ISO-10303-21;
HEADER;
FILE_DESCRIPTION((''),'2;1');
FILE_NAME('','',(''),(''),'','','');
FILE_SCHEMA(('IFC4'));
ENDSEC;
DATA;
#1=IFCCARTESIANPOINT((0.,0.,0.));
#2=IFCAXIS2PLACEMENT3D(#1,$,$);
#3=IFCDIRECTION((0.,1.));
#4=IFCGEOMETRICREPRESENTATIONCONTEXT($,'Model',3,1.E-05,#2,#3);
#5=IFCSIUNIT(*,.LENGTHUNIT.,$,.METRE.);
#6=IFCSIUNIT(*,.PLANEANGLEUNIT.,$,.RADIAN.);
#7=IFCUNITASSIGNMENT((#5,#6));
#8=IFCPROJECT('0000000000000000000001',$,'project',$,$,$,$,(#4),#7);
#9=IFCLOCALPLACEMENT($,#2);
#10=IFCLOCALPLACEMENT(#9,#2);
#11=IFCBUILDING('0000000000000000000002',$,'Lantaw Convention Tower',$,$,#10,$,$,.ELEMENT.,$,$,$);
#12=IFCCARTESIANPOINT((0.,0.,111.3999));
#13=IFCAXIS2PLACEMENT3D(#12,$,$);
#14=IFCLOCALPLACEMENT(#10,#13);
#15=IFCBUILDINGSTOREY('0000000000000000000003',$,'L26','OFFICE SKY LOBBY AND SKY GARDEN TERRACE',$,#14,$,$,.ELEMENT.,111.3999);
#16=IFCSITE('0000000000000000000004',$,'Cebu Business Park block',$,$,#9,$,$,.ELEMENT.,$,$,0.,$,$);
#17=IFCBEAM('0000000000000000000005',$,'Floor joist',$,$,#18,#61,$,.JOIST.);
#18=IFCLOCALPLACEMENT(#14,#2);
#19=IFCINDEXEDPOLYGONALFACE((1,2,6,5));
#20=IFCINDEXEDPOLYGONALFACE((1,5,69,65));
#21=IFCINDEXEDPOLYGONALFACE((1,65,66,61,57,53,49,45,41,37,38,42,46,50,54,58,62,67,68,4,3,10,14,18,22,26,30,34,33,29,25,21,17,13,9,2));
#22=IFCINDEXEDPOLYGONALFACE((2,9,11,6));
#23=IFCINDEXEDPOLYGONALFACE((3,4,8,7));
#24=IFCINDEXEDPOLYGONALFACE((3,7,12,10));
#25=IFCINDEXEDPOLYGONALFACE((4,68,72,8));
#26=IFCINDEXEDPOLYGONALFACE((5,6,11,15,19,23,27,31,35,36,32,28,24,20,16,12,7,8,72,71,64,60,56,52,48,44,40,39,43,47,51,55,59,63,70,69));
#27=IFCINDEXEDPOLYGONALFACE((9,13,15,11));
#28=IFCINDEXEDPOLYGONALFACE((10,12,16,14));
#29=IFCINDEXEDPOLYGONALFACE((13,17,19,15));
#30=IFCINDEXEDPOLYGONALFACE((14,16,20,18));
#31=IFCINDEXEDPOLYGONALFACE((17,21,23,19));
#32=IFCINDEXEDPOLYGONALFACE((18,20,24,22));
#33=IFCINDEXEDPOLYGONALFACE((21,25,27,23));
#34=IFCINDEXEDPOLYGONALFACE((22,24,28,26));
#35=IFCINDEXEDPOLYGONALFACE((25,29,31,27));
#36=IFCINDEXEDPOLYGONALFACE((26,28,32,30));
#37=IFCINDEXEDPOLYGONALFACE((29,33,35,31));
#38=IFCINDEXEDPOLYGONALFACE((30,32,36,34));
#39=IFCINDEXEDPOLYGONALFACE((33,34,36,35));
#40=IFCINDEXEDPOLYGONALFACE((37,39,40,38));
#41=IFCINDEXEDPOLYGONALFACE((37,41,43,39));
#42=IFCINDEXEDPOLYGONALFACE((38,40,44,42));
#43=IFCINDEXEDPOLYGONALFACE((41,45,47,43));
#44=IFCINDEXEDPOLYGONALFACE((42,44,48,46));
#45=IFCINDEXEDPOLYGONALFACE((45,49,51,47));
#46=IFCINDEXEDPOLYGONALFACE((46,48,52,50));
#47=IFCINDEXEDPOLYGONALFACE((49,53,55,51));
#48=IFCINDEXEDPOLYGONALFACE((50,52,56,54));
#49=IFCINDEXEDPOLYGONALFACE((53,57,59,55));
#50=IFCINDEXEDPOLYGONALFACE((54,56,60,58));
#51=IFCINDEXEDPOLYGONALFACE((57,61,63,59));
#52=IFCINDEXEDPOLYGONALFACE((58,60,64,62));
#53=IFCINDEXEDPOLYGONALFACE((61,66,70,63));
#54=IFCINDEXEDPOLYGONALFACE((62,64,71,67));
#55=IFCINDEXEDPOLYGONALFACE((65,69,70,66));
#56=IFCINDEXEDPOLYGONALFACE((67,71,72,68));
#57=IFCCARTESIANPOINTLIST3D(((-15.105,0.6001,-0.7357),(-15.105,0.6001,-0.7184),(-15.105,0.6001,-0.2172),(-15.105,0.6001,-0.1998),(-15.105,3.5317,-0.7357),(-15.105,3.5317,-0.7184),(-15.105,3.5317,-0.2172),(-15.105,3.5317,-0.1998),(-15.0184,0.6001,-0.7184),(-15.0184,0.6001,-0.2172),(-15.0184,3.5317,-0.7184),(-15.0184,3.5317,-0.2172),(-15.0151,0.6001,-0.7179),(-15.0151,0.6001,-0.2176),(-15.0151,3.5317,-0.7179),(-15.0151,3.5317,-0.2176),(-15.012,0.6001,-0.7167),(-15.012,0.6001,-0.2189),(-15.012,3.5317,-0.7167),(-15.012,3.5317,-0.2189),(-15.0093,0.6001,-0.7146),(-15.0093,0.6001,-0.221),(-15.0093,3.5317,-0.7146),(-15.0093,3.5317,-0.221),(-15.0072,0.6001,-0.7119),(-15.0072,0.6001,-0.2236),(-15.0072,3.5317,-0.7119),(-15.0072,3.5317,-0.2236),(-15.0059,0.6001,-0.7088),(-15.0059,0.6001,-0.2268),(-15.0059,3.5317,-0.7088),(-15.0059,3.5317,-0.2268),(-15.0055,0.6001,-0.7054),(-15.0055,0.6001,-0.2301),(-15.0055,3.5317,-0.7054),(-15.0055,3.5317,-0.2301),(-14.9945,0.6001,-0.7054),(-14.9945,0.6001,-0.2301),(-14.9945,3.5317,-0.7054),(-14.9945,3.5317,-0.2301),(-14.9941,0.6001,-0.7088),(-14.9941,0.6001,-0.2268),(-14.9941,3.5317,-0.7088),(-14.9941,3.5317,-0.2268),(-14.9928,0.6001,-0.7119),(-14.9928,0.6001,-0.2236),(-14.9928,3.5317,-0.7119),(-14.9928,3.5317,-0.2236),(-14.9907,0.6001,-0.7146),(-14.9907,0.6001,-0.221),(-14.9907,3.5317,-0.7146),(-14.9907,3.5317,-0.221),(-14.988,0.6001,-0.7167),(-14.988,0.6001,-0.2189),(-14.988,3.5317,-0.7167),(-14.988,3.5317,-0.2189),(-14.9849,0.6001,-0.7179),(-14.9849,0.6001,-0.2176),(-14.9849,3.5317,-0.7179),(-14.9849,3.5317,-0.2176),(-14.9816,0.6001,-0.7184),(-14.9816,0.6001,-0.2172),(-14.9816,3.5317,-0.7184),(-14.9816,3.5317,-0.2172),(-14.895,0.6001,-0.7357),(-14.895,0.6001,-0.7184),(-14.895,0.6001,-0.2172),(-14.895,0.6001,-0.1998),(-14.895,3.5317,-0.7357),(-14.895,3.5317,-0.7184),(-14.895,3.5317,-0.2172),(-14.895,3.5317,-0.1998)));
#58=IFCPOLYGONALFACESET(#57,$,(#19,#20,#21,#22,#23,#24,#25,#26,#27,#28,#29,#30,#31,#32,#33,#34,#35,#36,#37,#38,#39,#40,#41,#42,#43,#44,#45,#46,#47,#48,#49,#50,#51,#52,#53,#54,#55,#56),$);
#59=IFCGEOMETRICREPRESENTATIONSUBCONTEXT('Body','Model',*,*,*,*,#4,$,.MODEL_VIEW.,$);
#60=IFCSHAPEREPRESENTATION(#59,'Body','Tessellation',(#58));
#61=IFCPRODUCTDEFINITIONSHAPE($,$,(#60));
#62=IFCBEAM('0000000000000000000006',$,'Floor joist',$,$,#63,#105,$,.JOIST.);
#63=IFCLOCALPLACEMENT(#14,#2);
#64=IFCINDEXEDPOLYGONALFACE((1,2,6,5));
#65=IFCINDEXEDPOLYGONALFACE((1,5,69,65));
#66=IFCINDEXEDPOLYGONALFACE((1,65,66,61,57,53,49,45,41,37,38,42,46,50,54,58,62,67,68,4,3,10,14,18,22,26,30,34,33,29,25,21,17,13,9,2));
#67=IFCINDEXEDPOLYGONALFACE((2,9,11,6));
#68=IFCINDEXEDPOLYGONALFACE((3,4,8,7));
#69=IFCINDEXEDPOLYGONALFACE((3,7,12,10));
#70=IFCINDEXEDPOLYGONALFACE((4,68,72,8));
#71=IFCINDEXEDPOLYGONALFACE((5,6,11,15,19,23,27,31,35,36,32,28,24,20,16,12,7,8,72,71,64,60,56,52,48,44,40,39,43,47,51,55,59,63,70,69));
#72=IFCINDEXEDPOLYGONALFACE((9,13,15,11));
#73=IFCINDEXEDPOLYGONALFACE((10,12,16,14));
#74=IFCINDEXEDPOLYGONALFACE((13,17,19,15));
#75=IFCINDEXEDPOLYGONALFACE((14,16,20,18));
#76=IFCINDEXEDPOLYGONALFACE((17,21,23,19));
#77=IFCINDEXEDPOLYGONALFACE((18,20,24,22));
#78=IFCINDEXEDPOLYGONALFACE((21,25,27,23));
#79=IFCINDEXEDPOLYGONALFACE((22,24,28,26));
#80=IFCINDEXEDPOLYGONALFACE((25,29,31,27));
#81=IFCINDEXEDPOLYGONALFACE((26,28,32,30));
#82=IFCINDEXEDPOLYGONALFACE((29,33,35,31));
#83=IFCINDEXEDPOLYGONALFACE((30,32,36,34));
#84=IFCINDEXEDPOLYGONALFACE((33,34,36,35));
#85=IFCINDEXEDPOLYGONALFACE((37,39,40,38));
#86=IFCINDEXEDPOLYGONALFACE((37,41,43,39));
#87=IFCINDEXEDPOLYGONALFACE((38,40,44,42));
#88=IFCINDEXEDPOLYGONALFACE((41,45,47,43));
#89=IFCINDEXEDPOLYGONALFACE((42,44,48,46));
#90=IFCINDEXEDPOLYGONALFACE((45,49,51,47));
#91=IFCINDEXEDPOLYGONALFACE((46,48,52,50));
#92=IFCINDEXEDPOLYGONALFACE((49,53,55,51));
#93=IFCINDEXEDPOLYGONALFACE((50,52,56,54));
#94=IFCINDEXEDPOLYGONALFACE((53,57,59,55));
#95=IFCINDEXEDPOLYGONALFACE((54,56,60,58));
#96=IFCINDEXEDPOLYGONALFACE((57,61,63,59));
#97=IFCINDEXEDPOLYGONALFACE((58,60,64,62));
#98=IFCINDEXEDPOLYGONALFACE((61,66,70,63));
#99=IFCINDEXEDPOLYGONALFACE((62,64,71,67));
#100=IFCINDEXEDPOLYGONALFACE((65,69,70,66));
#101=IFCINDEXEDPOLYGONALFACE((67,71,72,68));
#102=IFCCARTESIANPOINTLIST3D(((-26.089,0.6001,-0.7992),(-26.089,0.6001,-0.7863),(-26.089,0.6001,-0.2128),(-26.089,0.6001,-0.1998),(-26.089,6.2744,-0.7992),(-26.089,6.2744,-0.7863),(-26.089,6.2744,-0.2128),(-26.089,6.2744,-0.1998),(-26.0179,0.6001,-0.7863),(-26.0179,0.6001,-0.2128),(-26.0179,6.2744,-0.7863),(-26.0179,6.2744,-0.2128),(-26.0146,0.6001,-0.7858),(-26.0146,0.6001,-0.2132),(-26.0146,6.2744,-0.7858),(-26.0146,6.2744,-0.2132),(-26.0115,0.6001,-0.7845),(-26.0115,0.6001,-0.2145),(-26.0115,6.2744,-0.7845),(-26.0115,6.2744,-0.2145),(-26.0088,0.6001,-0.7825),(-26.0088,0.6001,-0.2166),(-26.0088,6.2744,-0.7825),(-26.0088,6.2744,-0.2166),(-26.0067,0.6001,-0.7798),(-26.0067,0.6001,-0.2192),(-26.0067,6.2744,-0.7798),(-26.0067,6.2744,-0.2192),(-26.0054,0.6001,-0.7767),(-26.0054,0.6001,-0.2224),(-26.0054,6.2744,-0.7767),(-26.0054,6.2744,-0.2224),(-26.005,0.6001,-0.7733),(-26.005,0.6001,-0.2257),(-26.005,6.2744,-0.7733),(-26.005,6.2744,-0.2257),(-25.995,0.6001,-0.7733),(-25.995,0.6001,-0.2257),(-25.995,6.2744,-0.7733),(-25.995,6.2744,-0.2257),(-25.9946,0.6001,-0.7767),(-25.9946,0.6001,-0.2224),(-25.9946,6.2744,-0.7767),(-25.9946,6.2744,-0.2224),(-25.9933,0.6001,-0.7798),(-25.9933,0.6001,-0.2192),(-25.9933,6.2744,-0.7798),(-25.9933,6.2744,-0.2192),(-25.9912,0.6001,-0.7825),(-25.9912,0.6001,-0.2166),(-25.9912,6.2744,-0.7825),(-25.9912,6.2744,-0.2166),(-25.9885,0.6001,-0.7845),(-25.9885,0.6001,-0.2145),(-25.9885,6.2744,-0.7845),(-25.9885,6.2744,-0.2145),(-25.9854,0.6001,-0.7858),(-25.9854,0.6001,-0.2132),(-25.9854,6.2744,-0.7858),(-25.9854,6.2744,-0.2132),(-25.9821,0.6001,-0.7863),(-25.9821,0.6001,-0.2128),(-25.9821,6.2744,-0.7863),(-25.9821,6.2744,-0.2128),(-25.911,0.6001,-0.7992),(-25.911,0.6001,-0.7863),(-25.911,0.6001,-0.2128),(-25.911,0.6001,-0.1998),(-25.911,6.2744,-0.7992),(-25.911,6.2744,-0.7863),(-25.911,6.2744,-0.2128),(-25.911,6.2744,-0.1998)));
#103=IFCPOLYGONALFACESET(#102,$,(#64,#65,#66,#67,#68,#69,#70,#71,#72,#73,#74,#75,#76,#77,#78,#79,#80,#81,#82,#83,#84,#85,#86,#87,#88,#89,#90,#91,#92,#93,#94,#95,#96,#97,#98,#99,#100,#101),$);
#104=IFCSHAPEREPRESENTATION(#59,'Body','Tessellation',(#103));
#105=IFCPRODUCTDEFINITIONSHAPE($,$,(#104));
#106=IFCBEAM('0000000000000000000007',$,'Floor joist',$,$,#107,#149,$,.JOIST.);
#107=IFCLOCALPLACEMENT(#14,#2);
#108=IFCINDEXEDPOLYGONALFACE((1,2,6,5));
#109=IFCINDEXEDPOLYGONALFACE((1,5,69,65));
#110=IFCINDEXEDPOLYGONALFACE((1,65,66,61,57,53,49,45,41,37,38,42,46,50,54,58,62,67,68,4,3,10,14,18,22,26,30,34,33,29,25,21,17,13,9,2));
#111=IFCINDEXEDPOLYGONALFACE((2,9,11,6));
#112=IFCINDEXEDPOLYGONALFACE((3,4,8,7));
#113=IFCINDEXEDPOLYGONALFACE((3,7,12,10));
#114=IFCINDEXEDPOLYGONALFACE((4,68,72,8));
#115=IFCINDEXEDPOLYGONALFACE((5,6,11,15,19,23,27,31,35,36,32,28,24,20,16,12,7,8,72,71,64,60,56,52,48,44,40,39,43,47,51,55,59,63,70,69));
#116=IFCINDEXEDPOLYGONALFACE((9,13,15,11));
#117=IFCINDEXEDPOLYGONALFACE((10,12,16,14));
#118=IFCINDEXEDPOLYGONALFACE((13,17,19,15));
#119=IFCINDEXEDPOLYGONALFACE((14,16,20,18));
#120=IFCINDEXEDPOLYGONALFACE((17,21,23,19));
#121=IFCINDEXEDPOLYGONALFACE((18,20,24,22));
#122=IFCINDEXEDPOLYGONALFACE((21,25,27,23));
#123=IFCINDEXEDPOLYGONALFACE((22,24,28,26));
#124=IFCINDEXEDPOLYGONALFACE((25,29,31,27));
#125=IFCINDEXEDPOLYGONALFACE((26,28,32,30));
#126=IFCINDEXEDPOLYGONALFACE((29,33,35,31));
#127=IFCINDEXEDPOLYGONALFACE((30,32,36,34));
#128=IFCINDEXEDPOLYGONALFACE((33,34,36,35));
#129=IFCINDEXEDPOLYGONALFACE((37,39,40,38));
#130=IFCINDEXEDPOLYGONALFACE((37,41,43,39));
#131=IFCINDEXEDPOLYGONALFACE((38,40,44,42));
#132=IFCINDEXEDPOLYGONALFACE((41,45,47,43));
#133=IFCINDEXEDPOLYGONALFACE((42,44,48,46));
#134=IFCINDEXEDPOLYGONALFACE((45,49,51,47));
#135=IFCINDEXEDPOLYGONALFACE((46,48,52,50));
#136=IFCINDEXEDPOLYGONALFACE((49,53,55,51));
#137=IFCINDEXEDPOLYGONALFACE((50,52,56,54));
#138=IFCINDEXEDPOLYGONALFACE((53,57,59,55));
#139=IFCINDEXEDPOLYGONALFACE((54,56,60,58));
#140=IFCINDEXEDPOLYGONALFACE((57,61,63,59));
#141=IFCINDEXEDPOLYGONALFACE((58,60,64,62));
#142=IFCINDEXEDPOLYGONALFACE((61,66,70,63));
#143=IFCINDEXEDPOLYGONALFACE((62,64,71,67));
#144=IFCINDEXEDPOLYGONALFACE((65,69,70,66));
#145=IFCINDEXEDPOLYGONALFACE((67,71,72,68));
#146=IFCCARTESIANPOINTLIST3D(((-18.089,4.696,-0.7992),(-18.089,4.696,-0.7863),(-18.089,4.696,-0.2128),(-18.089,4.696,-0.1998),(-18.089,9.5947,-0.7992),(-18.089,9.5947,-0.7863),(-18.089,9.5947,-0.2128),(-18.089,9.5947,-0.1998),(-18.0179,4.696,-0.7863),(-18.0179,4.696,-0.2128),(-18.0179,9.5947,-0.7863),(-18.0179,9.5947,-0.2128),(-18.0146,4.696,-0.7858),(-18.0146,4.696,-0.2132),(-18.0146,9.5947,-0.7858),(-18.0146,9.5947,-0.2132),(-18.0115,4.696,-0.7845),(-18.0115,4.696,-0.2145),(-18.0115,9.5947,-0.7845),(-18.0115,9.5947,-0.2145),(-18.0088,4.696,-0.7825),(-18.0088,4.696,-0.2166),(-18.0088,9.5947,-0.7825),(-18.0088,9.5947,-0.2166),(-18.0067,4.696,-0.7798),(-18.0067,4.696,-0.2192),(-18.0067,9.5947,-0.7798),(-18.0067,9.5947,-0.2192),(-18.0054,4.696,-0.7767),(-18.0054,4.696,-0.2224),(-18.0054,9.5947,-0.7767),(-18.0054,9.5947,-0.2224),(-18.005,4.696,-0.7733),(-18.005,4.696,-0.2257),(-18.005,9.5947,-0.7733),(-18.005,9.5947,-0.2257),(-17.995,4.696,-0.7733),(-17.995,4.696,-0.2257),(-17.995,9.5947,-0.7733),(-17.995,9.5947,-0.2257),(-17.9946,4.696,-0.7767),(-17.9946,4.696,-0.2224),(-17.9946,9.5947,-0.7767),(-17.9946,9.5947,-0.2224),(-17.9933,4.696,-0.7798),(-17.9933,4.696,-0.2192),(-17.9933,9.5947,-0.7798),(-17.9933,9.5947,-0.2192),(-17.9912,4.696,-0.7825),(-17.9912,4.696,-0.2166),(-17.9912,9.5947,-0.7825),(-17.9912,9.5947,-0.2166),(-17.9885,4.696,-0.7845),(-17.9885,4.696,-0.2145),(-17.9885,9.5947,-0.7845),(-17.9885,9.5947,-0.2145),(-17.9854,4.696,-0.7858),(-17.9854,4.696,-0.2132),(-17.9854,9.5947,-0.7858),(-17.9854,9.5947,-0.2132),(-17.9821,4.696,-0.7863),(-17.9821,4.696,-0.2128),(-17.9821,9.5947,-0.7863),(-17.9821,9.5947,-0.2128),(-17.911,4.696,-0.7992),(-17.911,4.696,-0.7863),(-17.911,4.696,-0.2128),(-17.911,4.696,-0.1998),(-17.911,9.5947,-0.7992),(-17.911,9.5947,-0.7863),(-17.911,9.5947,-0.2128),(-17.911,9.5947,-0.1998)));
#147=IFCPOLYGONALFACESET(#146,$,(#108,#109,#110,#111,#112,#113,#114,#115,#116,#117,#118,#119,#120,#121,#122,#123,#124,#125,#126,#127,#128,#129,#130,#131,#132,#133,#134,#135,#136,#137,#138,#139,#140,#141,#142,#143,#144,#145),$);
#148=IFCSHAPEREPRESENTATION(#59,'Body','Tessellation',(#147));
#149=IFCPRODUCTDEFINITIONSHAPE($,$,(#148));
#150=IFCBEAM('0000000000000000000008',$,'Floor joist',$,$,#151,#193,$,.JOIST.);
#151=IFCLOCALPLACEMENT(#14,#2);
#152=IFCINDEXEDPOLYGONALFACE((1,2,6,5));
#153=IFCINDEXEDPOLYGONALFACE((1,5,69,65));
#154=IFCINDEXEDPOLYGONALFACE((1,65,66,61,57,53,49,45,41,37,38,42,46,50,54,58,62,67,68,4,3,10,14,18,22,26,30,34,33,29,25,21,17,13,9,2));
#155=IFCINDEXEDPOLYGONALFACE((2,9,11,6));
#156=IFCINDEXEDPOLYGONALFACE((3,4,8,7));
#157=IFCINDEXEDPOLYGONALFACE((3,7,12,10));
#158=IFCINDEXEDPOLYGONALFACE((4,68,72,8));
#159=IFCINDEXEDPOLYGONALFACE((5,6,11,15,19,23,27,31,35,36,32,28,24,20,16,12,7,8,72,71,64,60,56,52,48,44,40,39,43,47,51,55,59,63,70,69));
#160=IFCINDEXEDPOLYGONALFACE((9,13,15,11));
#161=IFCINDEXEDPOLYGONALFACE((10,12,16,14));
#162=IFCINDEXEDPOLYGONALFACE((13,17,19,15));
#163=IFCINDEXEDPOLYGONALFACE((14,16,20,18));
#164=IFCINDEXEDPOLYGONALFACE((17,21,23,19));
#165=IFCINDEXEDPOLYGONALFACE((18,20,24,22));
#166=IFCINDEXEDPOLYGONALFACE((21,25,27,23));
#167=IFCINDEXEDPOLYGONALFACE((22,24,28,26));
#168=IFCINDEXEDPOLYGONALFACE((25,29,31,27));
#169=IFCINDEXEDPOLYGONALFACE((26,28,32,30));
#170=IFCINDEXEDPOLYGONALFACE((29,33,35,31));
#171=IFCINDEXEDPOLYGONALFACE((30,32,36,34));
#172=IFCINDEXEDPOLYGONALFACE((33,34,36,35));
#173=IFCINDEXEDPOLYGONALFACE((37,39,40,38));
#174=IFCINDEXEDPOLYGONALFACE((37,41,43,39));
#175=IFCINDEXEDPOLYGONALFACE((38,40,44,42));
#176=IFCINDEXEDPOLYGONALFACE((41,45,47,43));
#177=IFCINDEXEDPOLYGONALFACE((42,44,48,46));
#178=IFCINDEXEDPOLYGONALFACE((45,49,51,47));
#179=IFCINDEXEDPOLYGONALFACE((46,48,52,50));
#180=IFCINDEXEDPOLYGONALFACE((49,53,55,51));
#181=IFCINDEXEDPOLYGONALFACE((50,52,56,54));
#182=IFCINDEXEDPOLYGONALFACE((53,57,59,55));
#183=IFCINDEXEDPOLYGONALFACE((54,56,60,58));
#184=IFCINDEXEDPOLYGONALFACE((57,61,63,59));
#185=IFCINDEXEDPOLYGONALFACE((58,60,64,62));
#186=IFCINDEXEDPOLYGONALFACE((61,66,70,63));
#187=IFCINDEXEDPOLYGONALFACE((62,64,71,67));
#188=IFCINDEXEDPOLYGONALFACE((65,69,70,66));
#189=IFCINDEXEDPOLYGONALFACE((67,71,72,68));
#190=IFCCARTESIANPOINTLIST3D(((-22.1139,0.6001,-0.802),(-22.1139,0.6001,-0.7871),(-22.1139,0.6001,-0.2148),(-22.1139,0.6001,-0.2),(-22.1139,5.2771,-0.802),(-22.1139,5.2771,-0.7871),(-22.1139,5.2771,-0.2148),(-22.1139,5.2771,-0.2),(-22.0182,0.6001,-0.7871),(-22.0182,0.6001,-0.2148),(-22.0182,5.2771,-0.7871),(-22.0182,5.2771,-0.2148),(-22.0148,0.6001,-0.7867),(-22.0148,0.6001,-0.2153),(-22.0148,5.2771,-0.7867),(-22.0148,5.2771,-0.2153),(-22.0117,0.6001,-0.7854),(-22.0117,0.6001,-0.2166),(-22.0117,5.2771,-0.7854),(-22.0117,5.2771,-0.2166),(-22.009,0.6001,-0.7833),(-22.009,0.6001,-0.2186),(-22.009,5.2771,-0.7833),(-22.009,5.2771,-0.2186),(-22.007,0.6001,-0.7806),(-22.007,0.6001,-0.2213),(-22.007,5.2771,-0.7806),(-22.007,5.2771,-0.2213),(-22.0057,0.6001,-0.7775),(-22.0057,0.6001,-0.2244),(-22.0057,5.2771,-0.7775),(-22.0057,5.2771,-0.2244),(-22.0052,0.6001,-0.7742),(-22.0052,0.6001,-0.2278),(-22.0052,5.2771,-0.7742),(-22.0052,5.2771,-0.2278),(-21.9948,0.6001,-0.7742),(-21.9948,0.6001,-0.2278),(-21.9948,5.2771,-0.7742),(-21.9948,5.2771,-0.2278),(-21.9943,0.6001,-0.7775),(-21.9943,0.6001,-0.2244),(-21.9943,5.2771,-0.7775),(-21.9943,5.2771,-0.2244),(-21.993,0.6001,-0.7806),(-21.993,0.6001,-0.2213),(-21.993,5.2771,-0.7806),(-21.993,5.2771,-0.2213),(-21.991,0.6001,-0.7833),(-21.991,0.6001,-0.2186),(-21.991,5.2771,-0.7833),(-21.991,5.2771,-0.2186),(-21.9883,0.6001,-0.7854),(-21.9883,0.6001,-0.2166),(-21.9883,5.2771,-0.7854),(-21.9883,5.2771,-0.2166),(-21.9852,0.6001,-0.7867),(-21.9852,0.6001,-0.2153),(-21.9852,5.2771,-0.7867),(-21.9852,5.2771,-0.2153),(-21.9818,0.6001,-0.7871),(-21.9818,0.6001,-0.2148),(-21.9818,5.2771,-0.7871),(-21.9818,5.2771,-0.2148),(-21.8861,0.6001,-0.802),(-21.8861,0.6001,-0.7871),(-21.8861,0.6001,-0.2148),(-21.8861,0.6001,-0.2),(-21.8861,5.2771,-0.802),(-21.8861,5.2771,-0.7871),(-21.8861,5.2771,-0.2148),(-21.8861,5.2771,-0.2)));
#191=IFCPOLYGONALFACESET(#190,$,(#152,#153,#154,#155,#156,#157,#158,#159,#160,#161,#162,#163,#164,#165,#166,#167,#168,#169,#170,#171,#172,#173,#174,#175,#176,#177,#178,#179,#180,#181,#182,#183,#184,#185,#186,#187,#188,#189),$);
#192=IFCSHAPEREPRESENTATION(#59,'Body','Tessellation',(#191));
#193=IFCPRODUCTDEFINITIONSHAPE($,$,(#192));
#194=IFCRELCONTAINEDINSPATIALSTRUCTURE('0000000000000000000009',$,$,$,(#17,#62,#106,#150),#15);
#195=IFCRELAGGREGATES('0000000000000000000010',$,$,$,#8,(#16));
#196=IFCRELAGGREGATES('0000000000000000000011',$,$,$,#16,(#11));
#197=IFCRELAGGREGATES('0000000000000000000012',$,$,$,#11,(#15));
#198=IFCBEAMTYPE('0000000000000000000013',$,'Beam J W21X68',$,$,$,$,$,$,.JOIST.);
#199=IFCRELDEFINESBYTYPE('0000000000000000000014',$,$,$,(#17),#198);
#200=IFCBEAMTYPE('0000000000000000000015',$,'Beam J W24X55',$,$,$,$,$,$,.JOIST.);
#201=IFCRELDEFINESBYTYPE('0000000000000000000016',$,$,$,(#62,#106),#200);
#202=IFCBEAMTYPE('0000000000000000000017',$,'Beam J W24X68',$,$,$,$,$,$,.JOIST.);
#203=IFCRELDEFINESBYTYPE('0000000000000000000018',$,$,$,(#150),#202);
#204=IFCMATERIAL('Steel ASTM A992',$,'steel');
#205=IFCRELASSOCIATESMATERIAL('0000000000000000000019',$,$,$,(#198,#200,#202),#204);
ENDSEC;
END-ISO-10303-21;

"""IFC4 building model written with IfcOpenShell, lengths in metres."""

from ifc_helpers import new_model, si_unit, direction, frame, origin, origin_2d, place, context, subcontext, project, spatial, i_section, extrude, material, material_profile, profile_set, type_object, element, save


model = new_model("IFC4")

# Units and contexts
model_context = context("Model", 3, precision=1e-05, world=origin(), true_north=direction((0.0, 1.0)))
body_context = subcontext(model_context, "Body", "Model", "MODEL_VIEW")
ifc_project = project(units=[si_unit("LENGTHUNIT", "METRE"), si_unit("PLANEANGLEUNIT", "RADIAN")], contexts=[model_context])

# Site, building, storey
site_placement = place(None, origin())
site = spatial("IfcSite", under=ifc_project, at=site_placement, Name="Cebu Business Park block", CompositionType="ELEMENT", RefElevation=0.0)
building_placement = place(site_placement, origin())
building = spatial("IfcBuilding", under=site, at=building_placement, Name="Lantaw Convention Tower", CompositionType="ELEMENT")
storey_placement = place(building_placement, frame((0.0, 0.0, 111.3999)))
storey = spatial("IfcBuildingStorey", under=building, at=storey_placement, Name="L26", Description="OFFICE SKY LOBBY AND SKY GARDEN TERRACE", CompositionType="ELEMENT", Elevation=111.3999)

# Beams
ifc_material_1 = material(Name="Steel ASTM A992", Category="steel")
ifc_material_profile_1 = material_profile(ifc_material_1, i_section(OverallWidth=0.21, OverallDepth=0.5359, WebThickness=0.011, FlangeThickness=0.0173, FilletRadius=0.0129, at=origin_2d()), Name="W21X68")
ifc_profile_set_1 = profile_set([ifc_material_profile_1], Name="Steel ASTM A992")
beam_type_1 = type_object("IfcBeamType", Name="Beam J W21X68", PredefinedType="JOIST", material=ifc_profile_set_1)
beam_1_placement = place(storey_placement, frame((-15.0, 0.6001, -0.4678), z_axis=(0.0, 1.0, 0.0), x_axis=(-1.0, 0.0, 0.0)))
element("IfcBeam", 1, at=beam_1_placement, inside=storey, type_object=beam_type_1, Name="Floor joist", PredefinedType="JOIST", context=body_context, shape_type="SweptSolid", body=[
    extrude(i_section(OverallWidth=0.21, OverallDepth=0.5359, WebThickness=0.011, FlangeThickness=0.0173, FilletRadius=0.0129, at=origin_2d()), origin(), (0.0, 0.0, 1.0), 2.9316),
])
ifc_material_profile_2 = material_profile(ifc_material_1, i_section(OverallWidth=0.178, OverallDepth=0.5994, WebThickness=0.01, FlangeThickness=0.0129, FilletRadius=0.0129, at=origin_2d()), Name="W24X55")
ifc_profile_set_2 = profile_set([ifc_material_profile_2], Name="Steel ASTM A992")
beam_type_2 = type_object("IfcBeamType", Name="Beam J W24X55", PredefinedType="JOIST", material=ifc_profile_set_2)
beam_2_placement = place(storey_placement, frame((-26.0, 0.6001, -0.4995), z_axis=(0.0, 1.0, 0.0), x_axis=(-1.0, 0.0, 0.0)))
element("IfcBeam", 2, at=beam_2_placement, inside=storey, type_object=beam_type_2, Name="Floor joist", PredefinedType="JOIST", context=body_context, shape_type="SweptSolid", body=[
    extrude(i_section(OverallWidth=0.178, OverallDepth=0.5994, WebThickness=0.01, FlangeThickness=0.0129, FilletRadius=0.0129, at=origin_2d()), origin(), (0.0, 0.0, 1.0), 5.6743),
])
beam_3_placement = place(storey_placement, frame((-18.0, 4.696, -0.4995), z_axis=(0.0, 1.0, 0.0), x_axis=(-1.0, 0.0, 0.0)))
element("IfcBeam", 3, at=beam_3_placement, inside=storey, type_object=beam_type_2, Name="Floor joist", PredefinedType="JOIST", context=body_context, shape_type="SweptSolid", body=[
    extrude(i_section(OverallWidth=0.178, OverallDepth=0.5994, WebThickness=0.01, FlangeThickness=0.0129, FilletRadius=0.0129, at=origin_2d()), origin(), (0.0, 0.0, 1.0), 4.8987),
])
ifc_material_profile_3 = material_profile(ifc_material_1, i_section(OverallWidth=0.2278, OverallDepth=0.6021, WebThickness=0.0105, FlangeThickness=0.0149, FilletRadius=0.0129, at=origin_2d()), Name="W24X68")
ifc_profile_set_3 = profile_set([ifc_material_profile_3], Name="Steel ASTM A992")
beam_type_3 = type_object("IfcBeamType", Name="Beam J W24X68", PredefinedType="JOIST", material=ifc_profile_set_3)
beam_4_placement = place(storey_placement, frame((-22.0, 0.6001, -0.501), z_axis=(0.0, 1.0, 0.0), x_axis=(-1.0, 0.0, 0.0)))
element("IfcBeam", 4, at=beam_4_placement, inside=storey, type_object=beam_type_3, Name="Floor joist", PredefinedType="JOIST", context=body_context, shape_type="SweptSolid", body=[
    extrude(i_section(OverallWidth=0.2278, OverallDepth=0.6021, WebThickness=0.0105, FlangeThickness=0.0149, FilletRadius=0.0129, at=origin_2d()), origin(), (0.0, 0.0, 1.0), 4.677),
])

save(model, "model.ifc")
